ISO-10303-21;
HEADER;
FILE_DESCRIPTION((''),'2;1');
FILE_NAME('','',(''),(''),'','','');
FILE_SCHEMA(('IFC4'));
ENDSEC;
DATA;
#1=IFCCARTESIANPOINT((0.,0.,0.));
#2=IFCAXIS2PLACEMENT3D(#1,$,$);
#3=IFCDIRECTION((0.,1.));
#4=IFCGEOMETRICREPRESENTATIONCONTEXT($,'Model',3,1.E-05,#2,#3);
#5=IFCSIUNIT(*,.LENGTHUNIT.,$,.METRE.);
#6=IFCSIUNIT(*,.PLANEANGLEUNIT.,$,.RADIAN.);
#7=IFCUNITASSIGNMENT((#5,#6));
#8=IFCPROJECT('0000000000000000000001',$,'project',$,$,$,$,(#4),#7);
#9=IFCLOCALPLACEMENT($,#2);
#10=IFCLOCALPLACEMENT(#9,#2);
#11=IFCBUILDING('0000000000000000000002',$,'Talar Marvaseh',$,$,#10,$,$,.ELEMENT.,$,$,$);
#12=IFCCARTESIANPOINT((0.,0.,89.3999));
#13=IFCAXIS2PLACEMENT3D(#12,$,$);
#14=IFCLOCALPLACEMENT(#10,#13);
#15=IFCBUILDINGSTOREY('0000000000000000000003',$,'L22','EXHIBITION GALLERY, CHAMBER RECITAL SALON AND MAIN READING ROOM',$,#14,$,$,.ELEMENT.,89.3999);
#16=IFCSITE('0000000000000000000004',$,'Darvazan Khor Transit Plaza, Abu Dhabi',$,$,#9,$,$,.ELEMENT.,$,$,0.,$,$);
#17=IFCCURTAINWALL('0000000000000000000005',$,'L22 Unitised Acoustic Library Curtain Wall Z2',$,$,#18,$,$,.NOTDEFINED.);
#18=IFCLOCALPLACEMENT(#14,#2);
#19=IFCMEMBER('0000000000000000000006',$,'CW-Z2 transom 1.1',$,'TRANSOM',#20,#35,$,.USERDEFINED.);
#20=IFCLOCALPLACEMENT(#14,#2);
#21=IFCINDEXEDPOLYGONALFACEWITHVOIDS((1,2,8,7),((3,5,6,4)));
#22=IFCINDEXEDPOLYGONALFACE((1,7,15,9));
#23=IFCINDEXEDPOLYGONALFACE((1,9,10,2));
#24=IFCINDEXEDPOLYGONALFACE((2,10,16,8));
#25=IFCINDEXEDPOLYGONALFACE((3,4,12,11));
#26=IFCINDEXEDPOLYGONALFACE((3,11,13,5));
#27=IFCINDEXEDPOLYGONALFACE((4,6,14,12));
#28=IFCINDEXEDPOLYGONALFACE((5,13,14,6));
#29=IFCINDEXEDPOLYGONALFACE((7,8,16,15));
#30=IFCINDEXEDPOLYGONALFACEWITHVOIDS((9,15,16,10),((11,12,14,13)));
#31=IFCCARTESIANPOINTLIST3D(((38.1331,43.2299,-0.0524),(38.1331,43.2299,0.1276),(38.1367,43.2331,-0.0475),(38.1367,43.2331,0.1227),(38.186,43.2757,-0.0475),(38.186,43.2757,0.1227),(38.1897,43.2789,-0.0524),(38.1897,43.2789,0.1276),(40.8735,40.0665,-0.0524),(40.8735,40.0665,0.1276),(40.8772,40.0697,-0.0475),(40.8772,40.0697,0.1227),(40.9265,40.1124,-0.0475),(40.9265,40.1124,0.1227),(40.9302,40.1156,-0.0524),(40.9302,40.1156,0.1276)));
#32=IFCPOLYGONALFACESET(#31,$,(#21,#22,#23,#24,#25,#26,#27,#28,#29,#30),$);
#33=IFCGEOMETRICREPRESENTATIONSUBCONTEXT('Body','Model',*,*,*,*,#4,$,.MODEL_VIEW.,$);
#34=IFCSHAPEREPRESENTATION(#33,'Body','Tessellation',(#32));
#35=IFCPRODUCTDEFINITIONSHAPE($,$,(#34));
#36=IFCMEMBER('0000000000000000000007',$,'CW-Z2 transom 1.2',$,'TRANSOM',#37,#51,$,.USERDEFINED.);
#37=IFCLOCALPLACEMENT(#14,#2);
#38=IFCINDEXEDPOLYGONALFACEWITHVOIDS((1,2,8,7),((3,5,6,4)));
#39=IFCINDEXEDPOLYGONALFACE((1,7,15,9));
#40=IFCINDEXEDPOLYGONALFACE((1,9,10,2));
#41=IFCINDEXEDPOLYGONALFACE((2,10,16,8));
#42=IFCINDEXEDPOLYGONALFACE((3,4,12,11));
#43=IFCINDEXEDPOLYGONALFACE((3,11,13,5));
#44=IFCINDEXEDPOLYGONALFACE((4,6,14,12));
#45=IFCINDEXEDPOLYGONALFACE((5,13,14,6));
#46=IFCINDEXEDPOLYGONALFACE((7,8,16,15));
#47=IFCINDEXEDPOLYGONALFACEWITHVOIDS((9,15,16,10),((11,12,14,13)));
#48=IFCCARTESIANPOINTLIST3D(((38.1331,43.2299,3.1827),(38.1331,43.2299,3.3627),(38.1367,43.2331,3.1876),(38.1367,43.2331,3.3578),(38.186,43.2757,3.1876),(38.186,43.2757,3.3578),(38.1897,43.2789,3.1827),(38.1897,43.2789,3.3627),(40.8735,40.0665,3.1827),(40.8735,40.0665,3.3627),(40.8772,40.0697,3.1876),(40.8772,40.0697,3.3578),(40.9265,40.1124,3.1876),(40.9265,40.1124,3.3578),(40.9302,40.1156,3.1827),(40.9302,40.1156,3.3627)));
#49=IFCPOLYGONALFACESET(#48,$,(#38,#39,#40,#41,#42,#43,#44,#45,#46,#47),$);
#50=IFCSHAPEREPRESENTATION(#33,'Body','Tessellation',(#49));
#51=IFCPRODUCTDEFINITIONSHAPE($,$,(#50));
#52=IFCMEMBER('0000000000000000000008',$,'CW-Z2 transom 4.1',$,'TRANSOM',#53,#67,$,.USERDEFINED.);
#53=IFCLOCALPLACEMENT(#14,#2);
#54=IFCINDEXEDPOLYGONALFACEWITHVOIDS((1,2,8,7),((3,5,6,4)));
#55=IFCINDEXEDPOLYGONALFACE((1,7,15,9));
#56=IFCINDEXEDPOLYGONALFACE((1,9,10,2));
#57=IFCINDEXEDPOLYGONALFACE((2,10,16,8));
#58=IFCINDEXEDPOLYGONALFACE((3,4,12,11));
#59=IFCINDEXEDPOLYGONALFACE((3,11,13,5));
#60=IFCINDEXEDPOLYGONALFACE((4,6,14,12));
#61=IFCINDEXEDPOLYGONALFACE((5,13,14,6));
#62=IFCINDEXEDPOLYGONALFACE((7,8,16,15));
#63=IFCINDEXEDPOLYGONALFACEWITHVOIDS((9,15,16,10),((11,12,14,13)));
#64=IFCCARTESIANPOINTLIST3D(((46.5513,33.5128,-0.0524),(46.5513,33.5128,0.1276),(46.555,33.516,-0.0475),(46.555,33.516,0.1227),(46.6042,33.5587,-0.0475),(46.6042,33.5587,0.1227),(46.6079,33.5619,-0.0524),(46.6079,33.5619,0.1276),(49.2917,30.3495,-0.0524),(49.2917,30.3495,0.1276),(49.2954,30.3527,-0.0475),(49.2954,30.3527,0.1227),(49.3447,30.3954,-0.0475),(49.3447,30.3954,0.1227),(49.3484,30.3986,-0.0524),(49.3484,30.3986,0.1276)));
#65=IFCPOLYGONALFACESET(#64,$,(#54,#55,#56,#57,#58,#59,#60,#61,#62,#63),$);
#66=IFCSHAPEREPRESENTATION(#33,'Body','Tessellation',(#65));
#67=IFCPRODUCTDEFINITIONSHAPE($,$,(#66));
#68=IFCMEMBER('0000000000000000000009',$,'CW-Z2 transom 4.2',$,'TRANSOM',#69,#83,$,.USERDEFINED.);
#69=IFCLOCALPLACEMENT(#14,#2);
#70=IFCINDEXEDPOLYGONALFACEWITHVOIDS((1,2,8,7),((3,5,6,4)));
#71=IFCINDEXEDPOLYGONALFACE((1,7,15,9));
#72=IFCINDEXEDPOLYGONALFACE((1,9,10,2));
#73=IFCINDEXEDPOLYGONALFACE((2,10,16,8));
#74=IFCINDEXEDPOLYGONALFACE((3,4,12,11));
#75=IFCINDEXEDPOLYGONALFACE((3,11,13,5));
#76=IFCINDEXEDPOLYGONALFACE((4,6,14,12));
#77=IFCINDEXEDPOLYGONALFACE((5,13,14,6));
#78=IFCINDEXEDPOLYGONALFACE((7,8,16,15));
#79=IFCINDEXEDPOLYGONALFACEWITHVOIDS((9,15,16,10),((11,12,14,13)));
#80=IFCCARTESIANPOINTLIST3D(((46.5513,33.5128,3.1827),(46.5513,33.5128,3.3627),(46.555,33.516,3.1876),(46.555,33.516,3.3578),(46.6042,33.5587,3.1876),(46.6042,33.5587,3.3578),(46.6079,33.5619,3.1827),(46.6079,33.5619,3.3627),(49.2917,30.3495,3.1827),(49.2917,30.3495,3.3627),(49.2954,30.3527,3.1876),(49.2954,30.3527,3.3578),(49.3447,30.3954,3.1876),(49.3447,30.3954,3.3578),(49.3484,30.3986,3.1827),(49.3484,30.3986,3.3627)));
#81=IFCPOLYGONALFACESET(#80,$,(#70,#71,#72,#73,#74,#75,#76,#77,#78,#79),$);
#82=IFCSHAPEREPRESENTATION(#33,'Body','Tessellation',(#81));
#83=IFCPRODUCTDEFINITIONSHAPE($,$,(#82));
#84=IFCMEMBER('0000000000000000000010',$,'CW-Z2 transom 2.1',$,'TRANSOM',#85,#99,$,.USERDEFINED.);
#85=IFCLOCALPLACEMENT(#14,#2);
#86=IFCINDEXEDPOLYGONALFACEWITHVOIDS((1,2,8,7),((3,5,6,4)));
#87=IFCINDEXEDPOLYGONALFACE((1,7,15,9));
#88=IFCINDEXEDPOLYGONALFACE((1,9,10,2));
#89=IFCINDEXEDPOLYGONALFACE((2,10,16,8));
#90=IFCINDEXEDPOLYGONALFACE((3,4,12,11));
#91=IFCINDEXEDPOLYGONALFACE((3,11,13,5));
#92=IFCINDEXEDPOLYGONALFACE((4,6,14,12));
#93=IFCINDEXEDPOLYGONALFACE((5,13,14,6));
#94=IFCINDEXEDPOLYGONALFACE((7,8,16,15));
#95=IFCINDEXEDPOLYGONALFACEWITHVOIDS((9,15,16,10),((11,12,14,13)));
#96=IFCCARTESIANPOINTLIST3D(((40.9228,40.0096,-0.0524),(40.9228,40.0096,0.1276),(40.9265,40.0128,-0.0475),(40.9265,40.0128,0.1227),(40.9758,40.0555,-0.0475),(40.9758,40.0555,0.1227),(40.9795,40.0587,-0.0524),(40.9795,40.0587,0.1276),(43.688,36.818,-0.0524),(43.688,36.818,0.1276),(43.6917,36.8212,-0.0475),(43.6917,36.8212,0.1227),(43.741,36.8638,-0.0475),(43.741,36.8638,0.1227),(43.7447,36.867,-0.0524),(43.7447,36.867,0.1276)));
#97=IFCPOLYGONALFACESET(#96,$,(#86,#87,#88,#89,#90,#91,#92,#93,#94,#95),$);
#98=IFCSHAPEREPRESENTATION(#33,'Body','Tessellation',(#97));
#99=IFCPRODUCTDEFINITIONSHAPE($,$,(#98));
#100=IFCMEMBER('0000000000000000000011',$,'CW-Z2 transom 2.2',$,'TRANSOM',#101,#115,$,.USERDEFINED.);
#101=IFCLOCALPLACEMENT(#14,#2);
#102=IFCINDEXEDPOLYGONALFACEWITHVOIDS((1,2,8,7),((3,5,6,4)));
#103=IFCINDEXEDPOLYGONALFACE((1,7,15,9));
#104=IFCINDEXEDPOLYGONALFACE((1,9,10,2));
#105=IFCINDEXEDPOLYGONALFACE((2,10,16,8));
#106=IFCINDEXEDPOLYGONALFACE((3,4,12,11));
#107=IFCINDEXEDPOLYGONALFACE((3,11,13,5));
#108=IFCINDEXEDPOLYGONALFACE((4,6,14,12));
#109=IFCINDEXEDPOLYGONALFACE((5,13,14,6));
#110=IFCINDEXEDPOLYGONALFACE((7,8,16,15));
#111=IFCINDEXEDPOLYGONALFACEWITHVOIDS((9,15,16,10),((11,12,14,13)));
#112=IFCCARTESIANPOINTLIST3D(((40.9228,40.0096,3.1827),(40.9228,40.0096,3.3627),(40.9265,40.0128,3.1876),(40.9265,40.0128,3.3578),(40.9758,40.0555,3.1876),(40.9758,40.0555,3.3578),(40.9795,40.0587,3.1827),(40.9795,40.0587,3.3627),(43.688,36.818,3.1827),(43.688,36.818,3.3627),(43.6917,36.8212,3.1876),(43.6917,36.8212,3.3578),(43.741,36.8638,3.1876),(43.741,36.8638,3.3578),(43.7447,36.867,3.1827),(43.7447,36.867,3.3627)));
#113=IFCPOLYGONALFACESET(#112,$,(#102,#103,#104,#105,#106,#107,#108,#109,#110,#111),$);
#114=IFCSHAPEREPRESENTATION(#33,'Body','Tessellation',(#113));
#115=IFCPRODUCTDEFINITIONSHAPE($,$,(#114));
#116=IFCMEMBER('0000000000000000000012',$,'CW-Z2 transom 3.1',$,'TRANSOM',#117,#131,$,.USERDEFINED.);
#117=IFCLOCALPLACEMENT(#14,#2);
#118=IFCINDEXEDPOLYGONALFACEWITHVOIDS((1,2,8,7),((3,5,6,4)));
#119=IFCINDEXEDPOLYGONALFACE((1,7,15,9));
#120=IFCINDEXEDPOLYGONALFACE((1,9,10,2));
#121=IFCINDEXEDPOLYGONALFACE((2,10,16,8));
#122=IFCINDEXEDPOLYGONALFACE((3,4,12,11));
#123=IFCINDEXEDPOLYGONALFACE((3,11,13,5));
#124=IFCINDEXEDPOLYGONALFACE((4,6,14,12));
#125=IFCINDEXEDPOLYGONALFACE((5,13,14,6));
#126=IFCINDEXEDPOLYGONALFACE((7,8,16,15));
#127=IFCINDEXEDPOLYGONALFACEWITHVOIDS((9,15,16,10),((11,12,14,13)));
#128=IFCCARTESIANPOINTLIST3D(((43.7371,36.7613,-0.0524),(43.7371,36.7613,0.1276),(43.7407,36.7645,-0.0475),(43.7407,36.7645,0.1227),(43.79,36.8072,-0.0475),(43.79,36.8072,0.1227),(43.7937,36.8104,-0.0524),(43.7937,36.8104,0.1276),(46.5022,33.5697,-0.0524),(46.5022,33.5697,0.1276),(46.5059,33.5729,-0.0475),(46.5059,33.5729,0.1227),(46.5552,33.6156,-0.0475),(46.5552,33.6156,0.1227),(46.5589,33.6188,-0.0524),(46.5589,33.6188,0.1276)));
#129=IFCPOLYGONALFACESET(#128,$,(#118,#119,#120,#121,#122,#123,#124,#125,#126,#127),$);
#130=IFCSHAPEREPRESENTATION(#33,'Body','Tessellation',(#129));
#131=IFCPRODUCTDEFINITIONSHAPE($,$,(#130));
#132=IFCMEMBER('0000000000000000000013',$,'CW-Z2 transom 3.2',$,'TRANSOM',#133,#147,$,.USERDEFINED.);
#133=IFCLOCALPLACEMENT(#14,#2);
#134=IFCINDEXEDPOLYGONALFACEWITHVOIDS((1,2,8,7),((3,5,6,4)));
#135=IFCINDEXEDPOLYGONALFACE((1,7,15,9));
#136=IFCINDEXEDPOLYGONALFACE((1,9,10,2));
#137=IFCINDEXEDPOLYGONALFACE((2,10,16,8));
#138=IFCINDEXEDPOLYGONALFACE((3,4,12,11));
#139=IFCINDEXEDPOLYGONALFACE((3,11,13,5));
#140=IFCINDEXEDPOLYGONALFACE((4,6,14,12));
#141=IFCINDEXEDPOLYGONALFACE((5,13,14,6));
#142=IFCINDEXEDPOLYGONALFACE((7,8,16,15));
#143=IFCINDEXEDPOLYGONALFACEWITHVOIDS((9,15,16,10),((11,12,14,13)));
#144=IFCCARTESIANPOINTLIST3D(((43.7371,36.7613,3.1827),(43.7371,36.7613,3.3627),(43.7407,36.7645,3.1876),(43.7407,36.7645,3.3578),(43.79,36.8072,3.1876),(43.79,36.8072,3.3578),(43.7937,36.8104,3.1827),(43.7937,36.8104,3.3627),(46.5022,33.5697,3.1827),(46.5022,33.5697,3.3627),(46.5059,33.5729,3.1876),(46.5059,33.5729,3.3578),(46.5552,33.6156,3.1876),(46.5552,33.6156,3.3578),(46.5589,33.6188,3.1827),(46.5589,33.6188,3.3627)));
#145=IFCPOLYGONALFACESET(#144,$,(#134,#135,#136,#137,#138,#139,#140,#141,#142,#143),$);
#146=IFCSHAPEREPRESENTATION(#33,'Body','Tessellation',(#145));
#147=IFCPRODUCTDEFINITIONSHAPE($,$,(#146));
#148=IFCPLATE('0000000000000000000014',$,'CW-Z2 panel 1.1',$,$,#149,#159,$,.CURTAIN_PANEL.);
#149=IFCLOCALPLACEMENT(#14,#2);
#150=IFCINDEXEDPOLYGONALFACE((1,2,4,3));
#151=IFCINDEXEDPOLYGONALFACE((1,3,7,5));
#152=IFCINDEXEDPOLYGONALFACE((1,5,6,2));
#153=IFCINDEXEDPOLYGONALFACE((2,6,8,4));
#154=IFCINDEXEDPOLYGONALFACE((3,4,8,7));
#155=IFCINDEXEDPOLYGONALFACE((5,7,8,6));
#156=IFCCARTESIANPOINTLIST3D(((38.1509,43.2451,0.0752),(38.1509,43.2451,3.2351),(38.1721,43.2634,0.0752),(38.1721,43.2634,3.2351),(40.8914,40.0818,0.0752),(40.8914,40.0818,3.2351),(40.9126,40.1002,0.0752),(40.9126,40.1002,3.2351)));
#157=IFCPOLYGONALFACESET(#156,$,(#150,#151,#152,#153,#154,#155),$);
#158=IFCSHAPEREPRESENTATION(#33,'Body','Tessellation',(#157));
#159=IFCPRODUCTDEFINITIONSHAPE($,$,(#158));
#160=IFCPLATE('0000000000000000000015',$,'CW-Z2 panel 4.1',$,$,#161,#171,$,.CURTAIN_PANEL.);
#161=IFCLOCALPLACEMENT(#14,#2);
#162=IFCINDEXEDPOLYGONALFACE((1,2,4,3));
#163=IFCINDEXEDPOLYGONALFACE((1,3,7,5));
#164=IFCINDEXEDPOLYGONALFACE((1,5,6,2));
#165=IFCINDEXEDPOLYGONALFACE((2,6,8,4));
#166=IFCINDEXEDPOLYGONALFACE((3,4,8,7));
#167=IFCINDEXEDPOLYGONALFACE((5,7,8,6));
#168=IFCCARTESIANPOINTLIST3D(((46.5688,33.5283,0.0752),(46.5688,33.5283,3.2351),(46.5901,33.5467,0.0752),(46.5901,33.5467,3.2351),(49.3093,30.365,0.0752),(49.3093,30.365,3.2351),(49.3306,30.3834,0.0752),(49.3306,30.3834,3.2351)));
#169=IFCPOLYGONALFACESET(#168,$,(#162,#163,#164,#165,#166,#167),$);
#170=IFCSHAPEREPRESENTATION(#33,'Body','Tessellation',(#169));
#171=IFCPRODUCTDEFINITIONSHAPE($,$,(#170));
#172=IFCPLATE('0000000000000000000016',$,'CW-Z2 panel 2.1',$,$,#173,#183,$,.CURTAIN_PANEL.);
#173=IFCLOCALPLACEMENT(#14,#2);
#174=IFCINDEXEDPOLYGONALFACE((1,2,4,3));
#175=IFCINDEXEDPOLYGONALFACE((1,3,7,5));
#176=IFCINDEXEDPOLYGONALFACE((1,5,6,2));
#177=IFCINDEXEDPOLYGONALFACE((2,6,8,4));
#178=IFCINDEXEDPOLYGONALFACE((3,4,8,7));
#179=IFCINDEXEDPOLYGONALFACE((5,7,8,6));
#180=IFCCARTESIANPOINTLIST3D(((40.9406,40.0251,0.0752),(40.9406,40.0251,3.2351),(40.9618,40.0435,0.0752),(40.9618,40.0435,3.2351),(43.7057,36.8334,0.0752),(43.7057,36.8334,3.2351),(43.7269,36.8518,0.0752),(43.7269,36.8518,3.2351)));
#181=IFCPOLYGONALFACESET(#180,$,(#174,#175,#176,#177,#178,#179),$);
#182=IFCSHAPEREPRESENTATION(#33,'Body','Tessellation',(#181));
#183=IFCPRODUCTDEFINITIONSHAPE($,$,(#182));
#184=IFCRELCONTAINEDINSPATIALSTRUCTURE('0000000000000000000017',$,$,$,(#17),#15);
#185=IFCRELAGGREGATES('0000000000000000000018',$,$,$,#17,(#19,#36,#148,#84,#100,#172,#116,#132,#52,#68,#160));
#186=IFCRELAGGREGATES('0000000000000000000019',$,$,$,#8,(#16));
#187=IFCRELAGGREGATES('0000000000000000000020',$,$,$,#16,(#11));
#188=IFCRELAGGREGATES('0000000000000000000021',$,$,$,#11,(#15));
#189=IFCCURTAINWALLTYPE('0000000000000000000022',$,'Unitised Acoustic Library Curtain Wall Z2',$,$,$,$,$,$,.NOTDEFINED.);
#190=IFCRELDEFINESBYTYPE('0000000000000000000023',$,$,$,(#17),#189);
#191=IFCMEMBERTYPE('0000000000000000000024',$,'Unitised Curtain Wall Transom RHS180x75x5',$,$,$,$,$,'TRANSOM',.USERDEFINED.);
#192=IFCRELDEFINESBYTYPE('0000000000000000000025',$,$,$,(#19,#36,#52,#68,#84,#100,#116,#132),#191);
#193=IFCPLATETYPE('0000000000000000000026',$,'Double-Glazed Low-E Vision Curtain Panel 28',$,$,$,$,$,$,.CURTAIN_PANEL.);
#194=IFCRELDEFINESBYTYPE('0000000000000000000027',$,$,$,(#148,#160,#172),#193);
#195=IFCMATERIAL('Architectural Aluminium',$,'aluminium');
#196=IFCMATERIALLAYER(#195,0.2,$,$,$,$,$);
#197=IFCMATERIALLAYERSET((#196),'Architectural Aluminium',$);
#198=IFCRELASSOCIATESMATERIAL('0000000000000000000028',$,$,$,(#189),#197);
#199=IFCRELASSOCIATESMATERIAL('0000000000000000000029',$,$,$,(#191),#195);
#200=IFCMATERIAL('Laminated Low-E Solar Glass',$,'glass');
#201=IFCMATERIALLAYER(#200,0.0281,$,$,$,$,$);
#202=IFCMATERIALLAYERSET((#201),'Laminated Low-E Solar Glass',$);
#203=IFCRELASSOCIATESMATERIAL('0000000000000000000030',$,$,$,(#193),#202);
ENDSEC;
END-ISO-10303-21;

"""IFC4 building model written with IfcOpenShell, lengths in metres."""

from ifc_helpers import new_model, si_unit, direction, frame, origin, origin_2d, place, context, subcontext, project, spatial, rectangle, hollow_rectangle, extrude, source, transform, mapped, material, layer, layer_set, material_profile, profile_set, type_object, type_shapes, element, aggregate, save


model = new_model("IFC4")

# Units and contexts
model_context = context("Model", 3, precision=1e-05, world=origin(), true_north=direction((0.0, 1.0)))
body_context = subcontext(model_context, "Body", "Model", "MODEL_VIEW")
ifc_project = project(units=[si_unit("LENGTHUNIT", "METRE"), si_unit("PLANEANGLEUNIT", "RADIAN")], contexts=[model_context])

# Site, building, storey
site_placement = place(None, origin())
site = spatial("IfcSite", under=ifc_project, at=site_placement, Name="Darvazan Khor Transit Plaza, Abu Dhabi", CompositionType="ELEMENT", RefElevation=0.0)
building_placement = place(site_placement, origin())
building = spatial("IfcBuilding", under=site, at=building_placement, Name="Talar Marvaseh", CompositionType="ELEMENT")
storey_placement = place(building_placement, frame((0.0, 0.0, 89.3999)))
storey = spatial("IfcBuildingStorey", under=building, at=storey_placement, Name="L22", Description="EXHIBITION GALLERY, CHAMBER RECITAL SALON AND MAIN READING ROOM", CompositionType="ELEMENT", Elevation=89.3999)

# Curtain wall, members, plates
ifc_material_1 = material(Name="Architectural Aluminium", Category="aluminium")
ifc_layer_1 = layer(ifc_material_1, 0.2)
ifc_layer_set_1 = layer_set([ifc_layer_1], Name="Architectural Aluminium")
curtain_wall_type = type_object("IfcCurtainWallType", Name="Unitised Acoustic Library Curtain Wall Z2", PredefinedType="NOTDEFINED", material=ifc_layer_set_1)
curtain_wall_placement = place(storey_placement, origin())
curtain_wall = element("IfcCurtainWall", 1, at=curtain_wall_placement, inside=storey, type_object=curtain_wall_type, Name="L22 Unitised Acoustic Library Curtain Wall Z2", PredefinedType="NOTDEFINED")
ifc_material_profile_1 = material_profile(ifc_material_1, hollow_rectangle(XDim=0.075, YDim=0.1799, WallThickness=0.0049, at=origin_2d()), Name="RHS180x75x5")
ifc_profile_set_1 = profile_set([ifc_material_profile_1], Name="Architectural Aluminium")
member_type_1 = type_object("IfcMemberType", Name="Unitised Curtain Wall Transom RHS180x75x5", ElementType="TRANSOM", PredefinedType="USERDEFINED", material=ifc_profile_set_1)
shared_shape_1 = source(origin(), body_context, "Body", "SweptSolid", [
    extrude(hollow_rectangle(XDim=0.075, YDim=0.1799, WallThickness=0.0049, at=origin_2d()), origin(), (0.0, 0.0, 1.0), 4.1853),
])
member_1_placement = place(storey_placement, frame((38.1614, 43.2544, 0.0376), z_axis=(0.654784, -0.755816, 0.0), x_axis=(0.755816, 0.654784, 0.0)))
member_1 = element("IfcMember", 2, at=member_1_placement, type_object=member_type_1, Name="CW-Z2 transom 1.1", ObjectType="TRANSOM", PredefinedType="USERDEFINED", context=body_context, shape_type="MappedRepresentation", body=[
    mapped(shared_shape_1, transform((0.0, 0.0, 0.0), x_axis=(1.0, 0.0, 0.0), y_axis=(0.0, 1.0, 0.0), z_axis=(0.0, 0.0, 1.0), scale=1.0)),
])
member_2_placement = place(storey_placement, frame((38.1614, 43.2544, 3.2727), z_axis=(0.654784, -0.755816, 0.0), x_axis=(0.755816, 0.654784, 0.0)))
member_2 = element("IfcMember", 3, at=member_2_placement, type_object=member_type_1, Name="CW-Z2 transom 1.2", ObjectType="TRANSOM", PredefinedType="USERDEFINED", context=body_context, shape_type="MappedRepresentation", body=[
    mapped(shared_shape_1, transform((0.0, 0.0, 0.0), x_axis=(1.0, 0.0, 0.0), y_axis=(0.0, 1.0, 0.0), z_axis=(0.0, 0.0, 1.0), scale=1.0)),
])
member_3_placement = place(storey_placement, frame((46.5796, 33.5374, 0.0376), z_axis=(0.654784, -0.755816, 0.0), x_axis=(0.755816, 0.654784, 0.0)))
member_3 = element("IfcMember", 4, at=member_3_placement, type_object=member_type_1, Name="CW-Z2 transom 4.1", ObjectType="TRANSOM", PredefinedType="USERDEFINED", context=body_context, shape_type="MappedRepresentation", body=[
    mapped(shared_shape_1, transform((0.0, 0.0, 0.0), x_axis=(1.0, 0.0, 0.0), y_axis=(0.0, 1.0, 0.0), z_axis=(0.0, 0.0, 1.0), scale=1.0)),
])
member_4_placement = place(storey_placement, frame((46.5796, 33.5374, 3.2727), z_axis=(0.654784, -0.755816, 0.0), x_axis=(0.755816, 0.654784, 0.0)))
member_4 = element("IfcMember", 5, at=member_4_placement, type_object=member_type_1, Name="CW-Z2 transom 4.2", ObjectType="TRANSOM", PredefinedType="USERDEFINED", context=body_context, shape_type="MappedRepresentation", body=[
    mapped(shared_shape_1, transform((0.0, 0.0, 0.0), x_axis=(1.0, 0.0, 0.0), y_axis=(0.0, 1.0, 0.0), z_axis=(0.0, 0.0, 1.0), scale=1.0)),
])
shared_shape_2 = source(origin(), body_context, "Body", "SweptSolid", [
    extrude(hollow_rectangle(XDim=0.075, YDim=0.1799, WallThickness=0.0049, at=origin_2d()), origin(), (0.0, 0.0, 1.0), 4.2229),
])
type_shapes(member_type_1, [shared_shape_1, shared_shape_2])
member_5_placement = place(storey_placement, frame((40.9512, 40.0342, 0.0376), z_axis=(0.654801, -0.755802, 0.0), x_axis=(0.755802, 0.654801, 0.0)))
member_5 = element("IfcMember", 6, at=member_5_placement, type_object=member_type_1, Name="CW-Z2 transom 2.1", ObjectType="TRANSOM", PredefinedType="USERDEFINED", context=body_context, shape_type="MappedRepresentation", body=[
    mapped(shared_shape_2, transform((0.0, 0.0, 0.0), x_axis=(1.0, 0.0, 0.0), y_axis=(0.0, 1.0, 0.0), z_axis=(0.0, 0.0, 1.0), scale=1.0)),
])
member_6_placement = place(storey_placement, frame((40.9512, 40.0342, 3.2727), z_axis=(0.654801, -0.755802, 0.0), x_axis=(0.755802, 0.654801, 0.0)))
member_6 = element("IfcMember", 7, at=member_6_placement, type_object=member_type_1, Name="CW-Z2 transom 2.2", ObjectType="TRANSOM", PredefinedType="USERDEFINED", context=body_context, shape_type="MappedRepresentation", body=[
    mapped(shared_shape_2, transform((0.0, 0.0, 0.0), x_axis=(1.0, 0.0, 0.0), y_axis=(0.0, 1.0, 0.0), z_axis=(0.0, 0.0, 1.0), scale=1.0)),
])
member_7_placement = place(storey_placement, frame((43.7654, 36.7859, 0.0376), z_axis=(0.654801, -0.755802, 0.0), x_axis=(0.755802, 0.654801, 0.0)))
member_7 = element("IfcMember", 8, at=member_7_placement, type_object=member_type_1, Name="CW-Z2 transom 3.1", ObjectType="TRANSOM", PredefinedType="USERDEFINED", context=body_context, shape_type="MappedRepresentation", body=[
    mapped(shared_shape_2, transform((0.0, 0.0, 0.0), x_axis=(1.0, 0.0, 0.0), y_axis=(0.0, 1.0, 0.0), z_axis=(0.0, 0.0, 1.0), scale=1.0)),
])
member_8_placement = place(storey_placement, frame((43.7654, 36.7859, 3.2727), z_axis=(0.654801, -0.755802, 0.0), x_axis=(0.755802, 0.654801, 0.0)))
member_8 = element("IfcMember", 9, at=member_8_placement, type_object=member_type_1, Name="CW-Z2 transom 3.2", ObjectType="TRANSOM", PredefinedType="USERDEFINED", context=body_context, shape_type="MappedRepresentation", body=[
    mapped(shared_shape_2, transform((0.0, 0.0, 0.0), x_axis=(1.0, 0.0, 0.0), y_axis=(0.0, 1.0, 0.0), z_axis=(0.0, 0.0, 1.0), scale=1.0)),
])
ifc_material_2 = material(Name="Laminated Low-E Solar Glass", Category="glass")
ifc_layer_2 = layer(ifc_material_2, 0.0281)
ifc_layer_set_2 = layer_set([ifc_layer_2], Name="Laminated Low-E Solar Glass")
plate_type = type_object("IfcPlateType", Name="Double-Glazed Low-E Vision Curtain Panel 28", PredefinedType="CURTAIN_PANEL", material=ifc_layer_set_2)
shared_shape_3 = source(origin(), body_context, "Body", "SweptSolid", [
    extrude(rectangle(XDim=4.1853, YDim=0.0281, at=origin_2d()), origin(), (0.0, 0.0, 1.0), 3.1599),
])
plate_1_placement = place(storey_placement, frame((39.5317, 41.6726, 0.0752), z_axis=(0.0, 0.0, 1.0), x_axis=(0.65479, -0.755811, 0.0)))
plate_1 = element("IfcPlate", 10, at=plate_1_placement, type_object=plate_type, Name="CW-Z2 panel 1.1", PredefinedType="CURTAIN_PANEL", context=body_context, shape_type="MappedRepresentation", body=[
    mapped(shared_shape_3, transform((0.0, 0.0, 0.0), x_axis=(1.0, 0.0, 0.0), y_axis=(0.0, 1.0, 0.0), z_axis=(0.0, 0.0, 1.0), scale=1.0)),
])
plate_2_placement = place(storey_placement, frame((47.9497, 31.9558, 0.0752), z_axis=(0.0, 0.0, 1.0), x_axis=(0.65479, -0.755811, 0.0)))
plate_2 = element("IfcPlate", 11, at=plate_2_placement, type_object=plate_type, Name="CW-Z2 panel 4.1", PredefinedType="CURTAIN_PANEL", context=body_context, shape_type="MappedRepresentation", body=[
    mapped(shared_shape_3, transform((0.0, 0.0, 0.0), x_axis=(1.0, 0.0, 0.0), y_axis=(0.0, 1.0, 0.0), z_axis=(0.0, 0.0, 1.0), scale=1.0)),
])
shared_shape_4 = source(origin(), body_context, "Body", "SweptSolid", [
    extrude(rectangle(XDim=4.2229, YDim=0.0281, at=origin_2d()), origin(), (0.0, 0.0, 1.0), 3.1599),
])
type_shapes(plate_type, [shared_shape_3, shared_shape_4])
plate_3_placement = place(storey_placement, frame((42.3337, 38.4385, 0.0752), z_axis=(0.0, 0.0, 1.0), x_axis=(0.65479, -0.755811, 0.0)))
plate_3 = element("IfcPlate", 12, at=plate_3_placement, type_object=plate_type, Name="CW-Z2 panel 2.1", PredefinedType="CURTAIN_PANEL", context=body_context, shape_type="MappedRepresentation", body=[
    mapped(shared_shape_4, transform((0.0, 0.0, 0.0), x_axis=(1.0, 0.0, 0.0), y_axis=(0.0, 1.0, 0.0), z_axis=(0.0, 0.0, 1.0), scale=1.0)),
])
aggregate(curtain_wall, [member_1, member_2, plate_1, member_5, member_6, plate_3, member_7, member_8, member_3, member_4, plate_2])

save(model, "model.ifc")
